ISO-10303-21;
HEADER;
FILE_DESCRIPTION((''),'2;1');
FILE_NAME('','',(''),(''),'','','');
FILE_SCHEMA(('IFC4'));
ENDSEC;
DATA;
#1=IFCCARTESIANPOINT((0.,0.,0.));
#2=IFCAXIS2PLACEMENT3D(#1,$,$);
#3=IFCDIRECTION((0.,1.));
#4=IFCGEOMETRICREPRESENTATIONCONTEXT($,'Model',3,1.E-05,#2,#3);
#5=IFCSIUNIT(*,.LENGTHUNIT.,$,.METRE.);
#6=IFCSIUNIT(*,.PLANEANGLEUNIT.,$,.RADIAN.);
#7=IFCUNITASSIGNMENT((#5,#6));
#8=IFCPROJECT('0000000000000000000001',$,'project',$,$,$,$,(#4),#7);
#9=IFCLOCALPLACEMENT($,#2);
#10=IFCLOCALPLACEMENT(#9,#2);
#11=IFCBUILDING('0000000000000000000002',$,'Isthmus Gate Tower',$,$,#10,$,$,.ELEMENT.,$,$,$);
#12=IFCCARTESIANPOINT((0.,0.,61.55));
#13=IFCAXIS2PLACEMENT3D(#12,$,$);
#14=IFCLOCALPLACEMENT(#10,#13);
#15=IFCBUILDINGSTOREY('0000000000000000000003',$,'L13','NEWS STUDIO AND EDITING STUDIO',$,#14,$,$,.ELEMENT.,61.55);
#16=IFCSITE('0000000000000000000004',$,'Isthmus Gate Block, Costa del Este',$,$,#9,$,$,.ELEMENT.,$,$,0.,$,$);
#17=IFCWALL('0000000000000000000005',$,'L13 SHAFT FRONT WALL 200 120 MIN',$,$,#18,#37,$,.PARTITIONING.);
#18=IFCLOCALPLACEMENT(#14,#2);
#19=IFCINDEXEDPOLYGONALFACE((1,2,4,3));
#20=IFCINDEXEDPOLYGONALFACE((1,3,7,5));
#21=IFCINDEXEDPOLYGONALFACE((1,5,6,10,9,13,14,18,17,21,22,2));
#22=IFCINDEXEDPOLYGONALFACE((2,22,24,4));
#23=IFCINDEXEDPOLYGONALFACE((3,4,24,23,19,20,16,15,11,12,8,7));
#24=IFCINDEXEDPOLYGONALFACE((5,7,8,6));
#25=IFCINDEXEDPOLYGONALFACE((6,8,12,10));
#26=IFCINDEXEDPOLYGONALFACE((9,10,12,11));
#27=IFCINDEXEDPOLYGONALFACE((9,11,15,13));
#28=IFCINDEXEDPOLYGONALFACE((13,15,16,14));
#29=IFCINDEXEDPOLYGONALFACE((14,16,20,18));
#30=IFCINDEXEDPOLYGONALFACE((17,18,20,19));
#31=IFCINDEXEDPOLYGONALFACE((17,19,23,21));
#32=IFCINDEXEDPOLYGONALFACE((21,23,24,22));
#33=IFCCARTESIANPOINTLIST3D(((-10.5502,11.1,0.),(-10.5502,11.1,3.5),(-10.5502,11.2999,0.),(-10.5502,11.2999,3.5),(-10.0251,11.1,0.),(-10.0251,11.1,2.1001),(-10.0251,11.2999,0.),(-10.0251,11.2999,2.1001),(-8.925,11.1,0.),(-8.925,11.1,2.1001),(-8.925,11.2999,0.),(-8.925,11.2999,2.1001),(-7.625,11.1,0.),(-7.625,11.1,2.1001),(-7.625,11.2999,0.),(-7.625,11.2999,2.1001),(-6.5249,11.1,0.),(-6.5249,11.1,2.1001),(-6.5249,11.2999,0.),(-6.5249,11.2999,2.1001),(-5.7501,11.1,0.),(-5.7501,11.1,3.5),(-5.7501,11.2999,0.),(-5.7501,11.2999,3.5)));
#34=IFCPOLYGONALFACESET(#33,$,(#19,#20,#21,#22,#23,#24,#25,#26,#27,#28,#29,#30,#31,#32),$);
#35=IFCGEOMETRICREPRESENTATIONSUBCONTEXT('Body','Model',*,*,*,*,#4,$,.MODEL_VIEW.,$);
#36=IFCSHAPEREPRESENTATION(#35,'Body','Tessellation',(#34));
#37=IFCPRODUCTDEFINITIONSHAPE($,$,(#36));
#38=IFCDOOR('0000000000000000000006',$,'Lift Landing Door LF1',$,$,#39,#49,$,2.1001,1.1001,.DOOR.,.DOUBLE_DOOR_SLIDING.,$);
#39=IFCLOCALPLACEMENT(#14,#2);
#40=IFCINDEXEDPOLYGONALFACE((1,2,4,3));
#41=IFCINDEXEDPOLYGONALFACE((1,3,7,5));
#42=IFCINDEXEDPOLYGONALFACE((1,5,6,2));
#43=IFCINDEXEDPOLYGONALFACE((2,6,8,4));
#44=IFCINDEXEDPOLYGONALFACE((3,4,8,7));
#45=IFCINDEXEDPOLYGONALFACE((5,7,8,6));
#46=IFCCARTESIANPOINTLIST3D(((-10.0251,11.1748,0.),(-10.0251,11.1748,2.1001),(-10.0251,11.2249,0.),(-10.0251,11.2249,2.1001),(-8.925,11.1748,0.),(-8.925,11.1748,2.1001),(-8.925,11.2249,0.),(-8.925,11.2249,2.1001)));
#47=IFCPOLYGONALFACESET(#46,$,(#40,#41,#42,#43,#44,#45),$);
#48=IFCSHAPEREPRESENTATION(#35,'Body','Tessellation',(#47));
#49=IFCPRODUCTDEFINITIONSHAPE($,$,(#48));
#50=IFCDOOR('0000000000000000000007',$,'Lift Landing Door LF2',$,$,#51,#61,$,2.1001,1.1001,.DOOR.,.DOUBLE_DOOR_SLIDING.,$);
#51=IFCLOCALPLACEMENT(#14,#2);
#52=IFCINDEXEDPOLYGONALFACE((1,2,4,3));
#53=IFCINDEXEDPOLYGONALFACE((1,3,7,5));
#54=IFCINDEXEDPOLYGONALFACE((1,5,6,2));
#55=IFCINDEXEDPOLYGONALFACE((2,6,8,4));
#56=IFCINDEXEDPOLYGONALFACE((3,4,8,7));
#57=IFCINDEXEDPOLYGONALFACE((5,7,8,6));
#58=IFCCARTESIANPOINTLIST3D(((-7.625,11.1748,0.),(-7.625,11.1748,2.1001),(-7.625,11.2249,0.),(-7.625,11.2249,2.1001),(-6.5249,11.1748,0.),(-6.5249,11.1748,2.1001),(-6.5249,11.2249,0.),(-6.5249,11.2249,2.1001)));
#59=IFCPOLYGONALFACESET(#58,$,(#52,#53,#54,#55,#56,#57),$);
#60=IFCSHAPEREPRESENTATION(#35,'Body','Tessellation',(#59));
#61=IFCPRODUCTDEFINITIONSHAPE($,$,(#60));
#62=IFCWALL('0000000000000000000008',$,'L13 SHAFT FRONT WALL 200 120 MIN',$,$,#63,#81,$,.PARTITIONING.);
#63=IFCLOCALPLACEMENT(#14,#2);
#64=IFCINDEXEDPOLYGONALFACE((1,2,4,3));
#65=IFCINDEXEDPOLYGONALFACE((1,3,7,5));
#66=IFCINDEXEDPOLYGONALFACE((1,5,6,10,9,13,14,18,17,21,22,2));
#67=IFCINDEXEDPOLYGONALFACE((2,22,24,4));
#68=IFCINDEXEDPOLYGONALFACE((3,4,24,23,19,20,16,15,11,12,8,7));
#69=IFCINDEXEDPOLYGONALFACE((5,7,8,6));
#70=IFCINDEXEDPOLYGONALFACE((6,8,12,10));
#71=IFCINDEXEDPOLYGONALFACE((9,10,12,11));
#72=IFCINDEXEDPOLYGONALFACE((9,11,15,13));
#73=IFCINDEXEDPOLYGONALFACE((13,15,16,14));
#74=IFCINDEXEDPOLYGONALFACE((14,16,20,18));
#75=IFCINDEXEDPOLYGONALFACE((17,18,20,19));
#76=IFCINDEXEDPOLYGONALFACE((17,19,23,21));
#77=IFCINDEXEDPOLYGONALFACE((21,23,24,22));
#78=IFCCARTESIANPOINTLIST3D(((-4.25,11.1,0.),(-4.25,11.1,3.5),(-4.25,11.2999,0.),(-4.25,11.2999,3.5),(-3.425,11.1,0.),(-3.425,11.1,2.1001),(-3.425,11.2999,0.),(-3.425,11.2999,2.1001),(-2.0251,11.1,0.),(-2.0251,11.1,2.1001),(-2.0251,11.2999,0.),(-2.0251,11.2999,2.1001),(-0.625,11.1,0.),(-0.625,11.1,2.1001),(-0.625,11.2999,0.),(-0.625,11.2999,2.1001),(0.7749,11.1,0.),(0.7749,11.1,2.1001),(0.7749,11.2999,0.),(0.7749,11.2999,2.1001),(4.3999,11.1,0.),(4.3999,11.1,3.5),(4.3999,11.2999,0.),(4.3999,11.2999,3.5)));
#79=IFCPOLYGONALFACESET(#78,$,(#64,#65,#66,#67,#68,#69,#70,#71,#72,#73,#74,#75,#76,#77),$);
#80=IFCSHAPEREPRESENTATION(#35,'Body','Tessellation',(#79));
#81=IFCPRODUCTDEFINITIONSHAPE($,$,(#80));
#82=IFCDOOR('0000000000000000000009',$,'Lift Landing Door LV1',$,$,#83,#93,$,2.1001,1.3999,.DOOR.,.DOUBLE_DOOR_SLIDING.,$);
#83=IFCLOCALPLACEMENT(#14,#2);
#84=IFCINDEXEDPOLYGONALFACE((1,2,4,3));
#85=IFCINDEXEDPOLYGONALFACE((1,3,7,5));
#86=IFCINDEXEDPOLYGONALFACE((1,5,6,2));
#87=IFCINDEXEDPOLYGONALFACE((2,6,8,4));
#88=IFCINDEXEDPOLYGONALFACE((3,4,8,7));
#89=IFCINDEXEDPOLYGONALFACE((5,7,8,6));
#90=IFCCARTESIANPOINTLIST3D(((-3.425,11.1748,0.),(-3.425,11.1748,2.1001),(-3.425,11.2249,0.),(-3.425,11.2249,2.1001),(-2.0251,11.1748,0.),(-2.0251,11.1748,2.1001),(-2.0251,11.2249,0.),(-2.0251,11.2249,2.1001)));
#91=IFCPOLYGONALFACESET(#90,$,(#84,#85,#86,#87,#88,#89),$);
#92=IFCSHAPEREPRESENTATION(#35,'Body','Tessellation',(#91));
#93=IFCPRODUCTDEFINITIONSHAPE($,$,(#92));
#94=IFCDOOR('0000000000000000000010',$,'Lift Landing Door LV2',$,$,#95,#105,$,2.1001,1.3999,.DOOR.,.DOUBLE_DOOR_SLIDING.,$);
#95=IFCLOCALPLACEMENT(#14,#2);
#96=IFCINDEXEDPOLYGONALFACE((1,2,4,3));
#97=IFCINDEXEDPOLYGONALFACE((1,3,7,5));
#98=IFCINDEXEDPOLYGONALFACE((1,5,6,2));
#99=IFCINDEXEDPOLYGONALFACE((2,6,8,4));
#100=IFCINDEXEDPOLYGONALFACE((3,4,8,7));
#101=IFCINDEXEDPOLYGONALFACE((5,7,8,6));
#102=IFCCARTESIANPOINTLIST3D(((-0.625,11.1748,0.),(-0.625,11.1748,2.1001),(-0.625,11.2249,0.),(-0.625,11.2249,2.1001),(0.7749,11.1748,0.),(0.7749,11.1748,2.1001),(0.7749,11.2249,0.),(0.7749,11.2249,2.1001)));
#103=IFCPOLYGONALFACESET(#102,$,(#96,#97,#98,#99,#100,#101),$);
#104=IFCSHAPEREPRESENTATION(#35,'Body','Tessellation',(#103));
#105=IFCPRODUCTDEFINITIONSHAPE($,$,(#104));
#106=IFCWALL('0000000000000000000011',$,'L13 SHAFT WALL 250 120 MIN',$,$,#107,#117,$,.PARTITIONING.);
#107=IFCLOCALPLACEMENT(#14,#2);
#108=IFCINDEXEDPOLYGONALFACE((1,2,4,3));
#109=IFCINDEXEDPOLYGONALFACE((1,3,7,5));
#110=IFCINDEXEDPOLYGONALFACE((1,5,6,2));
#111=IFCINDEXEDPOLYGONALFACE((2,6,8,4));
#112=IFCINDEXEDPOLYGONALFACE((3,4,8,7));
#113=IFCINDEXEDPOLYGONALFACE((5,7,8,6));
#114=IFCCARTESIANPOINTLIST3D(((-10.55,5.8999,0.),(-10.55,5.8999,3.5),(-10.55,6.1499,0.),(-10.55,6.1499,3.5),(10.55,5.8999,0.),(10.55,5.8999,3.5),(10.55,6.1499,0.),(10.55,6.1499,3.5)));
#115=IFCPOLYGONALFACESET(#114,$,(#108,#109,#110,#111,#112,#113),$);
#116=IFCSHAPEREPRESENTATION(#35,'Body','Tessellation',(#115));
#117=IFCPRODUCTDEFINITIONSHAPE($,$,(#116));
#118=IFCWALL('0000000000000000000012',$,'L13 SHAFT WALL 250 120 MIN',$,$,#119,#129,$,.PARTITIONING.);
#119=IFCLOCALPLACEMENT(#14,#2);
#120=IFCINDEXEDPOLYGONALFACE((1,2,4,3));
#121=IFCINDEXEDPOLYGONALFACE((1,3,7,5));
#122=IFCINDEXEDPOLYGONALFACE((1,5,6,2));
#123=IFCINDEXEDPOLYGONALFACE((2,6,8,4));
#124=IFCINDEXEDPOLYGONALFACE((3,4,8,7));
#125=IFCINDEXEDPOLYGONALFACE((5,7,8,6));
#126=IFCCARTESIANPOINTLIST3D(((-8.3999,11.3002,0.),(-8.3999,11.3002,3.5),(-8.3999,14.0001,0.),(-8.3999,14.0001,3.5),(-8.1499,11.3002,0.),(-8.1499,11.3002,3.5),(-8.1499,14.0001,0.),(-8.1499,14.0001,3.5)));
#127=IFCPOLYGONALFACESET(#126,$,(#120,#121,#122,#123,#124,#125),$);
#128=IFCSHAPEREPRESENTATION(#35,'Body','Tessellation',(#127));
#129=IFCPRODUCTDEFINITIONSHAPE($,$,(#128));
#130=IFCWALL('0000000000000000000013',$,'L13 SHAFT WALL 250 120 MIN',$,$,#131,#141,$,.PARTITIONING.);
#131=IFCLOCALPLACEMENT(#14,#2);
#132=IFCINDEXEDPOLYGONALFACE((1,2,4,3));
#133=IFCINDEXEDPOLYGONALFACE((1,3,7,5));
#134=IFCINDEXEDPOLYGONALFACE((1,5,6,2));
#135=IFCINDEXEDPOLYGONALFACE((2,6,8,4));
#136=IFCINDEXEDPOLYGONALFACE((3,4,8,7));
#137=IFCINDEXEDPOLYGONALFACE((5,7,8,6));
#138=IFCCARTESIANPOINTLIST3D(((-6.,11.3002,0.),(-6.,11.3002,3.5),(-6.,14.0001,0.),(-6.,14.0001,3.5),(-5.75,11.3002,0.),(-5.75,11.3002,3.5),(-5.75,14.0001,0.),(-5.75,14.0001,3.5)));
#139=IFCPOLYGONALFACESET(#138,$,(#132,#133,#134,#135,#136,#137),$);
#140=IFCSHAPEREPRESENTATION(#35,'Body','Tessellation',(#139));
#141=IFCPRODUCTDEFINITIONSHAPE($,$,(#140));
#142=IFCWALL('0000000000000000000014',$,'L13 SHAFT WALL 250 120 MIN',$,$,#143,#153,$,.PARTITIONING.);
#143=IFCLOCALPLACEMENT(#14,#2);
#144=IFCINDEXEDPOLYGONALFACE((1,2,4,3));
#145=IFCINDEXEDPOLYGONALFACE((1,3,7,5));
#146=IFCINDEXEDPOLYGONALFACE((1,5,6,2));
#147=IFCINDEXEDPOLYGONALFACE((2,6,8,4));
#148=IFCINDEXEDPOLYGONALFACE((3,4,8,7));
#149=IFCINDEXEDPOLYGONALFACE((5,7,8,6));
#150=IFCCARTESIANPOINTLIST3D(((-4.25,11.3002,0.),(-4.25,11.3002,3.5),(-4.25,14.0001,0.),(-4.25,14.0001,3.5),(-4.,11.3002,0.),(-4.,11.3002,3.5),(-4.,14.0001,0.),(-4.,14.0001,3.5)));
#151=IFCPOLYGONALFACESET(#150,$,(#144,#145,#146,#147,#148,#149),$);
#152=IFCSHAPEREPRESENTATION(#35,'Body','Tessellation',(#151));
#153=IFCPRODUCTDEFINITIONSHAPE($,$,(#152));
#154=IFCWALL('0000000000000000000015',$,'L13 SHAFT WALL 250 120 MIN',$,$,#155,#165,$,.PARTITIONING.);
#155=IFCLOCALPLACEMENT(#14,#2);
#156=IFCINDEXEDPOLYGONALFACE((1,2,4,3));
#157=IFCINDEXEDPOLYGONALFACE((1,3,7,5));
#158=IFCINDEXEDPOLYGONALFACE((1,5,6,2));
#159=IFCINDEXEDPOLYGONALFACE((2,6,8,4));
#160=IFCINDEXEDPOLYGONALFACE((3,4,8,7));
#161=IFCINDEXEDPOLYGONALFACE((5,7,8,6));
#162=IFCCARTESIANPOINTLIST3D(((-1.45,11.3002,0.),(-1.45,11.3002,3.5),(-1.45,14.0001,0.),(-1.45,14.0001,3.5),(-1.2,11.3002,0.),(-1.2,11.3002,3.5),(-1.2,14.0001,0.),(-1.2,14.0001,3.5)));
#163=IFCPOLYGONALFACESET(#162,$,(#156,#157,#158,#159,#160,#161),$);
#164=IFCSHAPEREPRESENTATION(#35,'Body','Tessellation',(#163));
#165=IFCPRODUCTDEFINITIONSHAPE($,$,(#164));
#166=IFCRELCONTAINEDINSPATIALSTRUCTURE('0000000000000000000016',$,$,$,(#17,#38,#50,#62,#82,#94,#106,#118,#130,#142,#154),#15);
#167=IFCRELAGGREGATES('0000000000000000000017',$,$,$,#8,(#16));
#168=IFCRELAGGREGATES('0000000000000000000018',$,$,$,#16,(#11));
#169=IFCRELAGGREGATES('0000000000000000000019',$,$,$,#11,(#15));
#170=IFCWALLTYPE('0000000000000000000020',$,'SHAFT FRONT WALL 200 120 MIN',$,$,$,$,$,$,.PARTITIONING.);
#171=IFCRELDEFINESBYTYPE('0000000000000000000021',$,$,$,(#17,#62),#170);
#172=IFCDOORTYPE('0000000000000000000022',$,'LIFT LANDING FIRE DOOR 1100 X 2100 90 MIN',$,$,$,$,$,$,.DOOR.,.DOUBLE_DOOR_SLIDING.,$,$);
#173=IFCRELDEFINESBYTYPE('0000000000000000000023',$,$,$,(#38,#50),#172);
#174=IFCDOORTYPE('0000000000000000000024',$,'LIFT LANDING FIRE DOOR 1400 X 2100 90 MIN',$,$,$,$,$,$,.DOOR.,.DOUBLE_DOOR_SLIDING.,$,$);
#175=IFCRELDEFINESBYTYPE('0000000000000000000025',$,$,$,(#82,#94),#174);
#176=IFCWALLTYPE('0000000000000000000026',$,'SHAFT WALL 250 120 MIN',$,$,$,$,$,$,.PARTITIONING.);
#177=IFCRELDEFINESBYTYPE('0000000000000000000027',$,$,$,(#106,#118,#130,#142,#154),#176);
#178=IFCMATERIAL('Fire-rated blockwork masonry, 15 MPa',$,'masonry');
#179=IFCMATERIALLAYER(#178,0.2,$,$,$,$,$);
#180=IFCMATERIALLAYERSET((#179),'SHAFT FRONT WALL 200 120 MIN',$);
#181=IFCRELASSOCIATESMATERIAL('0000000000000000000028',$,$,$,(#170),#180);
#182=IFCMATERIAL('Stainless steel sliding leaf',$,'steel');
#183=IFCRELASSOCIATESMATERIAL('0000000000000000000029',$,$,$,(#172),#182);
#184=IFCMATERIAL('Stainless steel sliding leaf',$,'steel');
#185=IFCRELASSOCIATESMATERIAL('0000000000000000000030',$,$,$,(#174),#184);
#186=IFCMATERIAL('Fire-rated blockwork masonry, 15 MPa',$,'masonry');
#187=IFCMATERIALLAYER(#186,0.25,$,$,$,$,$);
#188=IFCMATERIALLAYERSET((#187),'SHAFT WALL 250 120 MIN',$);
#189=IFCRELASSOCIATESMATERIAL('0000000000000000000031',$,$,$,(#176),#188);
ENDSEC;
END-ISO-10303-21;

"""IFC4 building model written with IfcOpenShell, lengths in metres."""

from ifc_helpers import new_model, si_unit, direction, frame, frame_2d, origin, place, context, subcontext, project, spatial, rectangle, extrude, material, layer, layer_set, type_object, element, fill, save


model = new_model("IFC4")

# Units and contexts
model_context = context("Model", 3, precision=1e-05, world=origin(), true_north=direction((0.0, 1.0)))
body_context = subcontext(model_context, "Body", "Model", "MODEL_VIEW")
ifc_project = project(units=[si_unit("LENGTHUNIT", "METRE"), si_unit("PLANEANGLEUNIT", "RADIAN")], contexts=[model_context])

# Site, building, storey
site_placement = place(None, origin())
site = spatial("IfcSite", under=ifc_project, at=site_placement, Name="Isthmus Gate Block, Costa del Este", CompositionType="ELEMENT", RefElevation=0.0)
building_placement = place(site_placement, origin())
building = spatial("IfcBuilding", under=site, at=building_placement, Name="Isthmus Gate Tower", CompositionType="ELEMENT")
storey_placement = place(building_placement, frame((0.0, 0.0, 61.55)))
storey = spatial("IfcBuildingStorey", under=building, at=storey_placement, Name="L13", Description="NEWS STUDIO AND EDITING STUDIO", CompositionType="ELEMENT", Elevation=61.55)

# Walls, openings, doors
ifc_material_1 = material(Name="Fire-rated blockwork masonry, 15 MPa", Category="masonry")
ifc_layer_1 = layer(ifc_material_1, 0.2)
ifc_layer_set_1 = layer_set([ifc_layer_1], Name="SHAFT FRONT WALL 200 120 MIN")
wall_type_1 = type_object("IfcWallType", Name="SHAFT FRONT WALL 200 120 MIN", PredefinedType="PARTITIONING", material=ifc_layer_set_1)
wall_1_placement = place(storey_placement, frame((-10.55, 11.2, 0.0), z_axis=(0.0, 0.0, 1.0), x_axis=(1.0, 0.0, 0.0)))
wall_1 = element("IfcWall", 1, at=wall_1_placement, inside=storey, type_object=wall_type_1, Name="L13 SHAFT FRONT WALL 200 120 MIN", PredefinedType="PARTITIONING", context=body_context, shape_type="SweptSolid", body=[
    extrude(rectangle(XDim=4.8, YDim=0.2, at=frame_2d((2.3999, 0.0))), origin(), (0.0, 0.0, 1.0), 3.5),
])
opening_1_placement = place(wall_1_placement, frame((0.5249, 0.0, 0.0)))
opening_1 = element("IfcOpeningElement", 2, at=opening_1_placement, cuts=wall_1, PredefinedType="OPENING", context=body_context, shape_type="SweptSolid", body=[
    extrude(rectangle(XDim=1.1001, YDim=2.1001, at=frame_2d((0.55, 1.05))), frame((0.0, 0.1099, 0.0), z_axis=(0.0, -1.0, 0.0), x_axis=(1.0, 0.0, 0.0)), (0.0, 0.0, 1.0), 0.22),
])
opening_2_placement = place(wall_1_placement, frame((2.925, 0.0, 0.0)))
opening_2 = element("IfcOpeningElement", 3, at=opening_2_placement, cuts=wall_1, PredefinedType="OPENING", context=body_context, shape_type="SweptSolid", body=[
    extrude(rectangle(XDim=1.1001, YDim=2.1001, at=frame_2d((0.55, 1.05))), frame((0.0, 0.1099, 0.0), z_axis=(0.0, -1.0, 0.0), x_axis=(1.0, 0.0, 0.0)), (0.0, 0.0, 1.0), 0.22),
])
ifc_material_2 = material(Name="Stainless steel sliding leaf", Category="steel")
door_type_1 = type_object("IfcDoorType", Name="LIFT LANDING FIRE DOOR 1100 X 2100 90 MIN", OperationType="DOUBLE_DOOR_SLIDING", PredefinedType="DOOR", material=ifc_material_2)
door_1_placement = place(opening_1_placement, origin())
door_1 = element("IfcDoor", 4, at=door_1_placement, inside=storey, type_object=door_type_1, Name="Lift Landing Door LF1", OperationType="DOUBLE_DOOR_SLIDING", OverallHeight=2.1001, OverallWidth=1.1001, PredefinedType="DOOR", context=body_context, shape_type="SweptSolid", body=[
    extrude(rectangle(XDim=1.1001, YDim=2.1001, at=frame_2d((0.55, 1.05))), frame((0.0, 0.0249, 0.0), z_axis=(0.0, -1.0, 0.0), x_axis=(1.0, 0.0, 0.0)), (0.0, 0.0, 1.0), 0.05),
])
fill(opening_1, door_1)
door_2_placement = place(opening_2_placement, origin())
door_2 = element("IfcDoor", 5, at=door_2_placement, inside=storey, type_object=door_type_1, Name="Lift Landing Door LF2", OperationType="DOUBLE_DOOR_SLIDING", OverallHeight=2.1001, OverallWidth=1.1001, PredefinedType="DOOR", context=body_context, shape_type="SweptSolid", body=[
    extrude(rectangle(XDim=1.1001, YDim=2.1001, at=frame_2d((0.55, 1.05))), frame((0.0, 0.0249, 0.0), z_axis=(0.0, -1.0, 0.0), x_axis=(1.0, 0.0, 0.0)), (0.0, 0.0, 1.0), 0.05),
])
fill(opening_2, door_2)
wall_2_placement = place(storey_placement, frame((-4.25, 11.2, 0.0), z_axis=(0.0, 0.0, 1.0), x_axis=(1.0, 0.0, 0.0)))
wall_2 = element("IfcWall", 6, at=wall_2_placement, inside=storey, type_object=wall_type_1, Name="L13 SHAFT FRONT WALL 200 120 MIN", PredefinedType="PARTITIONING", context=body_context, shape_type="SweptSolid", body=[
    extrude(rectangle(XDim=8.6499, YDim=0.2, at=frame_2d((4.325, 0.0))), origin(), (0.0, 0.0, 1.0), 3.5),
])
opening_3_placement = place(wall_2_placement, frame((0.825, 0.0, 0.0)))
opening_3 = element("IfcOpeningElement", 7, at=opening_3_placement, cuts=wall_2, PredefinedType="OPENING", context=body_context, shape_type="SweptSolid", body=[
    extrude(rectangle(XDim=1.3999, YDim=2.1001, at=frame_2d((0.7, 1.05))), frame((0.0, 0.1099, 0.0), z_axis=(0.0, -1.0, 0.0), x_axis=(1.0, 0.0, 0.0)), (0.0, 0.0, 1.0), 0.22),
])
opening_4_placement = place(wall_2_placement, frame((3.625, 0.0, 0.0)))
opening_4 = element("IfcOpeningElement", 8, at=opening_4_placement, cuts=wall_2, PredefinedType="OPENING", context=body_context, shape_type="SweptSolid", body=[
    extrude(rectangle(XDim=1.3999, YDim=2.1001, at=frame_2d((0.7, 1.05))), frame((0.0, 0.1099, 0.0), z_axis=(0.0, -1.0, 0.0), x_axis=(1.0, 0.0, 0.0)), (0.0, 0.0, 1.0), 0.22),
])
ifc_material_3 = material(Name="Stainless steel sliding leaf", Category="steel")
door_type_2 = type_object("IfcDoorType", Name="LIFT LANDING FIRE DOOR 1400 X 2100 90 MIN", OperationType="DOUBLE_DOOR_SLIDING", PredefinedType="DOOR", material=ifc_material_3)
door_3_placement = place(opening_3_placement, origin())
door_3 = element("IfcDoor", 9, at=door_3_placement, inside=storey, type_object=door_type_2, Name="Lift Landing Door LV1", OperationType="DOUBLE_DOOR_SLIDING", OverallHeight=2.1001, OverallWidth=1.3999, PredefinedType="DOOR", context=body_context, shape_type="SweptSolid", body=[
    extrude(rectangle(XDim=1.3999, YDim=2.1001, at=frame_2d((0.7, 1.05))), frame((0.0, 0.0249, 0.0), z_axis=(0.0, -1.0, 0.0), x_axis=(1.0, 0.0, 0.0)), (0.0, 0.0, 1.0), 0.05),
])
fill(opening_3, door_3)
door_4_placement = place(opening_4_placement, origin())
door_4 = element("IfcDoor", 10, at=door_4_placement, inside=storey, type_object=door_type_2, Name="Lift Landing Door LV2", OperationType="DOUBLE_DOOR_SLIDING", OverallHeight=2.1001, OverallWidth=1.3999, PredefinedType="DOOR", context=body_context, shape_type="SweptSolid", body=[
    extrude(rectangle(XDim=1.3999, YDim=2.1001, at=frame_2d((0.7, 1.05))), frame((0.0, 0.0249, 0.0), z_axis=(0.0, -1.0, 0.0), x_axis=(1.0, 0.0, 0.0)), (0.0, 0.0, 1.0), 0.05),
])
fill(opening_4, door_4)

# Walls
ifc_material_4 = material(Name="Fire-rated blockwork masonry, 15 MPa", Category="masonry")
ifc_layer_2 = layer(ifc_material_4, 0.25)
ifc_layer_set_2 = layer_set([ifc_layer_2], Name="SHAFT WALL 250 120 MIN")
wall_type_2 = type_object("IfcWallType", Name="SHAFT WALL 250 120 MIN", PredefinedType="PARTITIONING", material=ifc_layer_set_2)
wall_3_placement = place(storey_placement, frame((-10.55, 6.0249, 0.0), z_axis=(0.0, 0.0, 1.0), x_axis=(1.0, 0.0, 0.0)))
element("IfcWall", 11, at=wall_3_placement, inside=storey, type_object=wall_type_2, Name="L13 SHAFT WALL 250 120 MIN", PredefinedType="PARTITIONING", context=body_context, shape_type="SweptSolid", body=[
    extrude(rectangle(XDim=21.1001, YDim=0.25, at=frame_2d((10.55, 0.0))), origin(), (0.0, 0.0, 1.0), 3.5),
])
for number, where, z_axis, x_axis, name in (
    (12, (-8.2749, 11.3, 0.0), (0.0, 0.0, 1.0), (0.0, 1.0, 0.0), "L13 SHAFT WALL 250 120 MIN"),
    (13, (-5.875, 11.3, 0.0), (0.0, 0.0, 1.0), (0.0, 1.0, 0.0), "L13 SHAFT WALL 250 120 MIN"),
    (14, (-4.125, 11.3, 0.0), (0.0, 0.0, 1.0), (0.0, 1.0, 0.0), "L13 SHAFT WALL 250 120 MIN"),
    (15, (-1.325, 11.3, 0.0), (0.0, 0.0, 1.0), (0.0, 1.0, 0.0), "L13 SHAFT WALL 250 120 MIN"),
):
    element("IfcWall", number, at=place(storey_placement, frame(where, z_axis=z_axis, x_axis=x_axis)), inside=storey, type_object=wall_type_2, Name=name, PredefinedType="PARTITIONING", context=body_context, shape_type="SweptSolid", body=[
        extrude(rectangle(XDim=2.7, YDim=0.25, at=frame_2d((1.3501, 0.0))), origin(), (0.0, 0.0, 1.0), 3.5),
    ])

save(model, "model.ifc")
